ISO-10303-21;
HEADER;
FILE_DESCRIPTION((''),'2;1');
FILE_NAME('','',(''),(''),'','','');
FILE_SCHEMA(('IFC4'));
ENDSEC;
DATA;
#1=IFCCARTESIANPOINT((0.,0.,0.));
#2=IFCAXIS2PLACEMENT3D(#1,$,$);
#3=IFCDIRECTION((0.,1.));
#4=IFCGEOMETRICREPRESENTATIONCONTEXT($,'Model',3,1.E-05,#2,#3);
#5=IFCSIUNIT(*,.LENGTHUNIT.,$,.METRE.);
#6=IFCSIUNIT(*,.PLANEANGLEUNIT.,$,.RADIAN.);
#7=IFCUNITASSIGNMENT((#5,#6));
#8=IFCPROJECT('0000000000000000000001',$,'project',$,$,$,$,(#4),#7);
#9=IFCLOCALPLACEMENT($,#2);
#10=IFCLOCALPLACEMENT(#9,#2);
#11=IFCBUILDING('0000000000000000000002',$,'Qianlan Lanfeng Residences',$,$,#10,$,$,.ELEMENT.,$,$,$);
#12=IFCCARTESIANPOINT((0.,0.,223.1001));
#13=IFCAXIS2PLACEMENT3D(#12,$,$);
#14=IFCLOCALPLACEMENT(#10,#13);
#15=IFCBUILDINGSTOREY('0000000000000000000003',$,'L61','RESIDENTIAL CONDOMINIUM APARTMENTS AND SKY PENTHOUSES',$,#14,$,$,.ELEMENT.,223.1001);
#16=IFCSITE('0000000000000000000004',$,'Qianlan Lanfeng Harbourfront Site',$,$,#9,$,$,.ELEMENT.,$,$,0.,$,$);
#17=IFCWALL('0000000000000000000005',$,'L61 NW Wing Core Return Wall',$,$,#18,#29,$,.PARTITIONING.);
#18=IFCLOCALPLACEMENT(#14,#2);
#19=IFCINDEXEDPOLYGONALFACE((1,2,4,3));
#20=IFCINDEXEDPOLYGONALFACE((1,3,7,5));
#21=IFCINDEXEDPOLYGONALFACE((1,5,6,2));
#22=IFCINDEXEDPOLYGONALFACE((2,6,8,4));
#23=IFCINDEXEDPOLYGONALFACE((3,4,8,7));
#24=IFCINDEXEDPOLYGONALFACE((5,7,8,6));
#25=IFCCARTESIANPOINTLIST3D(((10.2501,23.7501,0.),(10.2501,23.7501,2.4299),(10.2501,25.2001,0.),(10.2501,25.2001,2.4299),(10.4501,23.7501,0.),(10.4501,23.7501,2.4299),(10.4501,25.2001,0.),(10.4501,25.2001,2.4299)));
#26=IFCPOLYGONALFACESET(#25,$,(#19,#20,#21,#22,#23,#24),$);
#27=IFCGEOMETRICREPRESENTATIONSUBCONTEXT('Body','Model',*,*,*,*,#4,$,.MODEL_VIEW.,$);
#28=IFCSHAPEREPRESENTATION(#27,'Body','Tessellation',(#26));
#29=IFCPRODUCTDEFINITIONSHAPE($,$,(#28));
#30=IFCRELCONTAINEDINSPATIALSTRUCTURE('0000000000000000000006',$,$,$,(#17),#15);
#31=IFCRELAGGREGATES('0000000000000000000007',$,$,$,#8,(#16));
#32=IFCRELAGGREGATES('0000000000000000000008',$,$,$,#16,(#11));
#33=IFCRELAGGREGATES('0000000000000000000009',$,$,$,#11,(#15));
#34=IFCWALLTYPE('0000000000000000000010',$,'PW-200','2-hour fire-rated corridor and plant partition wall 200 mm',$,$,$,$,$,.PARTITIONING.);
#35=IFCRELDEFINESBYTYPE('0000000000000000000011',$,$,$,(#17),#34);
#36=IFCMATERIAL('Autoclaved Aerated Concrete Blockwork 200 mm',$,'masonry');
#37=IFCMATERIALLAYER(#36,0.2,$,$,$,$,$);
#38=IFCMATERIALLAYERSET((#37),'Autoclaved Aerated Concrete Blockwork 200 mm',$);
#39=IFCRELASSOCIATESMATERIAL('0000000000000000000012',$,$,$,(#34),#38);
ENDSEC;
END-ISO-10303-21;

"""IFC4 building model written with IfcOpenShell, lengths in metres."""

from ifc_helpers import new_model, si_unit, direction, frame, frame_2d, origin, place, context, subcontext, project, spatial, rectangle, extrude, material, layer, layer_set, type_object, element, save


model = new_model("IFC4")

# Units and contexts
model_context = context("Model", 3, precision=1e-05, world=origin(), true_north=direction((0.0, 1.0)))
body_context = subcontext(model_context, "Body", "Model", "MODEL_VIEW")
ifc_project = project(units=[si_unit("LENGTHUNIT", "METRE"), si_unit("PLANEANGLEUNIT", "RADIAN")], contexts=[model_context])

# Site, building, storey
site_placement = place(None, origin())
site = spatial("IfcSite", under=ifc_project, at=site_placement, Name="Qianlan Lanfeng Harbourfront Site", CompositionType="ELEMENT", RefElevation=0.0)
building_placement = place(site_placement, origin())
building = spatial("IfcBuilding", under=site, at=building_placement, Name="Qianlan Lanfeng Residences", CompositionType="ELEMENT")
storey_placement = place(building_placement, frame((0.0, 0.0, 223.1001)))
storey = spatial("IfcBuildingStorey", under=building, at=storey_placement, Name="L61", Description="RESIDENTIAL CONDOMINIUM APARTMENTS AND SKY PENTHOUSES", CompositionType="ELEMENT", Elevation=223.1001)

# Shared definitions
ifc_material_1 = material(Name="Autoclaved Aerated Concrete Blockwork 200 mm", Category="masonry")
ifc_layer_1 = layer(ifc_material_1, 0.2)
ifc_layer_set_1 = layer_set([ifc_layer_1], Name="Autoclaved Aerated Concrete Blockwork 200 mm")
wall_type_1 = type_object("IfcWallType", Name="PW-200", Description="2-hour fire-rated corridor and plant partition wall 200 mm", PredefinedType="PARTITIONING", material=ifc_layer_set_1)

# Wall
wall_1_placement = place(storey_placement, frame((10.3501, 23.75, 0.0), z_axis=(0.0, 0.0, 1.0), x_axis=(0.0, 1.0, 0.0)))
element("IfcWall", 1, at=wall_1_placement, inside=storey, type_object=wall_type_1, Name="L61 NW Wing Core Return Wall", PredefinedType="PARTITIONING", context=body_context, shape_type="SweptSolid", body=[
    extrude(rectangle(XDim=1.45, YDim=0.2, at=frame_2d((0.7251, 0.0))), origin(), (0.0, 0.0, 1.0), 2.4299),
])

save(model, "model.ifc")
